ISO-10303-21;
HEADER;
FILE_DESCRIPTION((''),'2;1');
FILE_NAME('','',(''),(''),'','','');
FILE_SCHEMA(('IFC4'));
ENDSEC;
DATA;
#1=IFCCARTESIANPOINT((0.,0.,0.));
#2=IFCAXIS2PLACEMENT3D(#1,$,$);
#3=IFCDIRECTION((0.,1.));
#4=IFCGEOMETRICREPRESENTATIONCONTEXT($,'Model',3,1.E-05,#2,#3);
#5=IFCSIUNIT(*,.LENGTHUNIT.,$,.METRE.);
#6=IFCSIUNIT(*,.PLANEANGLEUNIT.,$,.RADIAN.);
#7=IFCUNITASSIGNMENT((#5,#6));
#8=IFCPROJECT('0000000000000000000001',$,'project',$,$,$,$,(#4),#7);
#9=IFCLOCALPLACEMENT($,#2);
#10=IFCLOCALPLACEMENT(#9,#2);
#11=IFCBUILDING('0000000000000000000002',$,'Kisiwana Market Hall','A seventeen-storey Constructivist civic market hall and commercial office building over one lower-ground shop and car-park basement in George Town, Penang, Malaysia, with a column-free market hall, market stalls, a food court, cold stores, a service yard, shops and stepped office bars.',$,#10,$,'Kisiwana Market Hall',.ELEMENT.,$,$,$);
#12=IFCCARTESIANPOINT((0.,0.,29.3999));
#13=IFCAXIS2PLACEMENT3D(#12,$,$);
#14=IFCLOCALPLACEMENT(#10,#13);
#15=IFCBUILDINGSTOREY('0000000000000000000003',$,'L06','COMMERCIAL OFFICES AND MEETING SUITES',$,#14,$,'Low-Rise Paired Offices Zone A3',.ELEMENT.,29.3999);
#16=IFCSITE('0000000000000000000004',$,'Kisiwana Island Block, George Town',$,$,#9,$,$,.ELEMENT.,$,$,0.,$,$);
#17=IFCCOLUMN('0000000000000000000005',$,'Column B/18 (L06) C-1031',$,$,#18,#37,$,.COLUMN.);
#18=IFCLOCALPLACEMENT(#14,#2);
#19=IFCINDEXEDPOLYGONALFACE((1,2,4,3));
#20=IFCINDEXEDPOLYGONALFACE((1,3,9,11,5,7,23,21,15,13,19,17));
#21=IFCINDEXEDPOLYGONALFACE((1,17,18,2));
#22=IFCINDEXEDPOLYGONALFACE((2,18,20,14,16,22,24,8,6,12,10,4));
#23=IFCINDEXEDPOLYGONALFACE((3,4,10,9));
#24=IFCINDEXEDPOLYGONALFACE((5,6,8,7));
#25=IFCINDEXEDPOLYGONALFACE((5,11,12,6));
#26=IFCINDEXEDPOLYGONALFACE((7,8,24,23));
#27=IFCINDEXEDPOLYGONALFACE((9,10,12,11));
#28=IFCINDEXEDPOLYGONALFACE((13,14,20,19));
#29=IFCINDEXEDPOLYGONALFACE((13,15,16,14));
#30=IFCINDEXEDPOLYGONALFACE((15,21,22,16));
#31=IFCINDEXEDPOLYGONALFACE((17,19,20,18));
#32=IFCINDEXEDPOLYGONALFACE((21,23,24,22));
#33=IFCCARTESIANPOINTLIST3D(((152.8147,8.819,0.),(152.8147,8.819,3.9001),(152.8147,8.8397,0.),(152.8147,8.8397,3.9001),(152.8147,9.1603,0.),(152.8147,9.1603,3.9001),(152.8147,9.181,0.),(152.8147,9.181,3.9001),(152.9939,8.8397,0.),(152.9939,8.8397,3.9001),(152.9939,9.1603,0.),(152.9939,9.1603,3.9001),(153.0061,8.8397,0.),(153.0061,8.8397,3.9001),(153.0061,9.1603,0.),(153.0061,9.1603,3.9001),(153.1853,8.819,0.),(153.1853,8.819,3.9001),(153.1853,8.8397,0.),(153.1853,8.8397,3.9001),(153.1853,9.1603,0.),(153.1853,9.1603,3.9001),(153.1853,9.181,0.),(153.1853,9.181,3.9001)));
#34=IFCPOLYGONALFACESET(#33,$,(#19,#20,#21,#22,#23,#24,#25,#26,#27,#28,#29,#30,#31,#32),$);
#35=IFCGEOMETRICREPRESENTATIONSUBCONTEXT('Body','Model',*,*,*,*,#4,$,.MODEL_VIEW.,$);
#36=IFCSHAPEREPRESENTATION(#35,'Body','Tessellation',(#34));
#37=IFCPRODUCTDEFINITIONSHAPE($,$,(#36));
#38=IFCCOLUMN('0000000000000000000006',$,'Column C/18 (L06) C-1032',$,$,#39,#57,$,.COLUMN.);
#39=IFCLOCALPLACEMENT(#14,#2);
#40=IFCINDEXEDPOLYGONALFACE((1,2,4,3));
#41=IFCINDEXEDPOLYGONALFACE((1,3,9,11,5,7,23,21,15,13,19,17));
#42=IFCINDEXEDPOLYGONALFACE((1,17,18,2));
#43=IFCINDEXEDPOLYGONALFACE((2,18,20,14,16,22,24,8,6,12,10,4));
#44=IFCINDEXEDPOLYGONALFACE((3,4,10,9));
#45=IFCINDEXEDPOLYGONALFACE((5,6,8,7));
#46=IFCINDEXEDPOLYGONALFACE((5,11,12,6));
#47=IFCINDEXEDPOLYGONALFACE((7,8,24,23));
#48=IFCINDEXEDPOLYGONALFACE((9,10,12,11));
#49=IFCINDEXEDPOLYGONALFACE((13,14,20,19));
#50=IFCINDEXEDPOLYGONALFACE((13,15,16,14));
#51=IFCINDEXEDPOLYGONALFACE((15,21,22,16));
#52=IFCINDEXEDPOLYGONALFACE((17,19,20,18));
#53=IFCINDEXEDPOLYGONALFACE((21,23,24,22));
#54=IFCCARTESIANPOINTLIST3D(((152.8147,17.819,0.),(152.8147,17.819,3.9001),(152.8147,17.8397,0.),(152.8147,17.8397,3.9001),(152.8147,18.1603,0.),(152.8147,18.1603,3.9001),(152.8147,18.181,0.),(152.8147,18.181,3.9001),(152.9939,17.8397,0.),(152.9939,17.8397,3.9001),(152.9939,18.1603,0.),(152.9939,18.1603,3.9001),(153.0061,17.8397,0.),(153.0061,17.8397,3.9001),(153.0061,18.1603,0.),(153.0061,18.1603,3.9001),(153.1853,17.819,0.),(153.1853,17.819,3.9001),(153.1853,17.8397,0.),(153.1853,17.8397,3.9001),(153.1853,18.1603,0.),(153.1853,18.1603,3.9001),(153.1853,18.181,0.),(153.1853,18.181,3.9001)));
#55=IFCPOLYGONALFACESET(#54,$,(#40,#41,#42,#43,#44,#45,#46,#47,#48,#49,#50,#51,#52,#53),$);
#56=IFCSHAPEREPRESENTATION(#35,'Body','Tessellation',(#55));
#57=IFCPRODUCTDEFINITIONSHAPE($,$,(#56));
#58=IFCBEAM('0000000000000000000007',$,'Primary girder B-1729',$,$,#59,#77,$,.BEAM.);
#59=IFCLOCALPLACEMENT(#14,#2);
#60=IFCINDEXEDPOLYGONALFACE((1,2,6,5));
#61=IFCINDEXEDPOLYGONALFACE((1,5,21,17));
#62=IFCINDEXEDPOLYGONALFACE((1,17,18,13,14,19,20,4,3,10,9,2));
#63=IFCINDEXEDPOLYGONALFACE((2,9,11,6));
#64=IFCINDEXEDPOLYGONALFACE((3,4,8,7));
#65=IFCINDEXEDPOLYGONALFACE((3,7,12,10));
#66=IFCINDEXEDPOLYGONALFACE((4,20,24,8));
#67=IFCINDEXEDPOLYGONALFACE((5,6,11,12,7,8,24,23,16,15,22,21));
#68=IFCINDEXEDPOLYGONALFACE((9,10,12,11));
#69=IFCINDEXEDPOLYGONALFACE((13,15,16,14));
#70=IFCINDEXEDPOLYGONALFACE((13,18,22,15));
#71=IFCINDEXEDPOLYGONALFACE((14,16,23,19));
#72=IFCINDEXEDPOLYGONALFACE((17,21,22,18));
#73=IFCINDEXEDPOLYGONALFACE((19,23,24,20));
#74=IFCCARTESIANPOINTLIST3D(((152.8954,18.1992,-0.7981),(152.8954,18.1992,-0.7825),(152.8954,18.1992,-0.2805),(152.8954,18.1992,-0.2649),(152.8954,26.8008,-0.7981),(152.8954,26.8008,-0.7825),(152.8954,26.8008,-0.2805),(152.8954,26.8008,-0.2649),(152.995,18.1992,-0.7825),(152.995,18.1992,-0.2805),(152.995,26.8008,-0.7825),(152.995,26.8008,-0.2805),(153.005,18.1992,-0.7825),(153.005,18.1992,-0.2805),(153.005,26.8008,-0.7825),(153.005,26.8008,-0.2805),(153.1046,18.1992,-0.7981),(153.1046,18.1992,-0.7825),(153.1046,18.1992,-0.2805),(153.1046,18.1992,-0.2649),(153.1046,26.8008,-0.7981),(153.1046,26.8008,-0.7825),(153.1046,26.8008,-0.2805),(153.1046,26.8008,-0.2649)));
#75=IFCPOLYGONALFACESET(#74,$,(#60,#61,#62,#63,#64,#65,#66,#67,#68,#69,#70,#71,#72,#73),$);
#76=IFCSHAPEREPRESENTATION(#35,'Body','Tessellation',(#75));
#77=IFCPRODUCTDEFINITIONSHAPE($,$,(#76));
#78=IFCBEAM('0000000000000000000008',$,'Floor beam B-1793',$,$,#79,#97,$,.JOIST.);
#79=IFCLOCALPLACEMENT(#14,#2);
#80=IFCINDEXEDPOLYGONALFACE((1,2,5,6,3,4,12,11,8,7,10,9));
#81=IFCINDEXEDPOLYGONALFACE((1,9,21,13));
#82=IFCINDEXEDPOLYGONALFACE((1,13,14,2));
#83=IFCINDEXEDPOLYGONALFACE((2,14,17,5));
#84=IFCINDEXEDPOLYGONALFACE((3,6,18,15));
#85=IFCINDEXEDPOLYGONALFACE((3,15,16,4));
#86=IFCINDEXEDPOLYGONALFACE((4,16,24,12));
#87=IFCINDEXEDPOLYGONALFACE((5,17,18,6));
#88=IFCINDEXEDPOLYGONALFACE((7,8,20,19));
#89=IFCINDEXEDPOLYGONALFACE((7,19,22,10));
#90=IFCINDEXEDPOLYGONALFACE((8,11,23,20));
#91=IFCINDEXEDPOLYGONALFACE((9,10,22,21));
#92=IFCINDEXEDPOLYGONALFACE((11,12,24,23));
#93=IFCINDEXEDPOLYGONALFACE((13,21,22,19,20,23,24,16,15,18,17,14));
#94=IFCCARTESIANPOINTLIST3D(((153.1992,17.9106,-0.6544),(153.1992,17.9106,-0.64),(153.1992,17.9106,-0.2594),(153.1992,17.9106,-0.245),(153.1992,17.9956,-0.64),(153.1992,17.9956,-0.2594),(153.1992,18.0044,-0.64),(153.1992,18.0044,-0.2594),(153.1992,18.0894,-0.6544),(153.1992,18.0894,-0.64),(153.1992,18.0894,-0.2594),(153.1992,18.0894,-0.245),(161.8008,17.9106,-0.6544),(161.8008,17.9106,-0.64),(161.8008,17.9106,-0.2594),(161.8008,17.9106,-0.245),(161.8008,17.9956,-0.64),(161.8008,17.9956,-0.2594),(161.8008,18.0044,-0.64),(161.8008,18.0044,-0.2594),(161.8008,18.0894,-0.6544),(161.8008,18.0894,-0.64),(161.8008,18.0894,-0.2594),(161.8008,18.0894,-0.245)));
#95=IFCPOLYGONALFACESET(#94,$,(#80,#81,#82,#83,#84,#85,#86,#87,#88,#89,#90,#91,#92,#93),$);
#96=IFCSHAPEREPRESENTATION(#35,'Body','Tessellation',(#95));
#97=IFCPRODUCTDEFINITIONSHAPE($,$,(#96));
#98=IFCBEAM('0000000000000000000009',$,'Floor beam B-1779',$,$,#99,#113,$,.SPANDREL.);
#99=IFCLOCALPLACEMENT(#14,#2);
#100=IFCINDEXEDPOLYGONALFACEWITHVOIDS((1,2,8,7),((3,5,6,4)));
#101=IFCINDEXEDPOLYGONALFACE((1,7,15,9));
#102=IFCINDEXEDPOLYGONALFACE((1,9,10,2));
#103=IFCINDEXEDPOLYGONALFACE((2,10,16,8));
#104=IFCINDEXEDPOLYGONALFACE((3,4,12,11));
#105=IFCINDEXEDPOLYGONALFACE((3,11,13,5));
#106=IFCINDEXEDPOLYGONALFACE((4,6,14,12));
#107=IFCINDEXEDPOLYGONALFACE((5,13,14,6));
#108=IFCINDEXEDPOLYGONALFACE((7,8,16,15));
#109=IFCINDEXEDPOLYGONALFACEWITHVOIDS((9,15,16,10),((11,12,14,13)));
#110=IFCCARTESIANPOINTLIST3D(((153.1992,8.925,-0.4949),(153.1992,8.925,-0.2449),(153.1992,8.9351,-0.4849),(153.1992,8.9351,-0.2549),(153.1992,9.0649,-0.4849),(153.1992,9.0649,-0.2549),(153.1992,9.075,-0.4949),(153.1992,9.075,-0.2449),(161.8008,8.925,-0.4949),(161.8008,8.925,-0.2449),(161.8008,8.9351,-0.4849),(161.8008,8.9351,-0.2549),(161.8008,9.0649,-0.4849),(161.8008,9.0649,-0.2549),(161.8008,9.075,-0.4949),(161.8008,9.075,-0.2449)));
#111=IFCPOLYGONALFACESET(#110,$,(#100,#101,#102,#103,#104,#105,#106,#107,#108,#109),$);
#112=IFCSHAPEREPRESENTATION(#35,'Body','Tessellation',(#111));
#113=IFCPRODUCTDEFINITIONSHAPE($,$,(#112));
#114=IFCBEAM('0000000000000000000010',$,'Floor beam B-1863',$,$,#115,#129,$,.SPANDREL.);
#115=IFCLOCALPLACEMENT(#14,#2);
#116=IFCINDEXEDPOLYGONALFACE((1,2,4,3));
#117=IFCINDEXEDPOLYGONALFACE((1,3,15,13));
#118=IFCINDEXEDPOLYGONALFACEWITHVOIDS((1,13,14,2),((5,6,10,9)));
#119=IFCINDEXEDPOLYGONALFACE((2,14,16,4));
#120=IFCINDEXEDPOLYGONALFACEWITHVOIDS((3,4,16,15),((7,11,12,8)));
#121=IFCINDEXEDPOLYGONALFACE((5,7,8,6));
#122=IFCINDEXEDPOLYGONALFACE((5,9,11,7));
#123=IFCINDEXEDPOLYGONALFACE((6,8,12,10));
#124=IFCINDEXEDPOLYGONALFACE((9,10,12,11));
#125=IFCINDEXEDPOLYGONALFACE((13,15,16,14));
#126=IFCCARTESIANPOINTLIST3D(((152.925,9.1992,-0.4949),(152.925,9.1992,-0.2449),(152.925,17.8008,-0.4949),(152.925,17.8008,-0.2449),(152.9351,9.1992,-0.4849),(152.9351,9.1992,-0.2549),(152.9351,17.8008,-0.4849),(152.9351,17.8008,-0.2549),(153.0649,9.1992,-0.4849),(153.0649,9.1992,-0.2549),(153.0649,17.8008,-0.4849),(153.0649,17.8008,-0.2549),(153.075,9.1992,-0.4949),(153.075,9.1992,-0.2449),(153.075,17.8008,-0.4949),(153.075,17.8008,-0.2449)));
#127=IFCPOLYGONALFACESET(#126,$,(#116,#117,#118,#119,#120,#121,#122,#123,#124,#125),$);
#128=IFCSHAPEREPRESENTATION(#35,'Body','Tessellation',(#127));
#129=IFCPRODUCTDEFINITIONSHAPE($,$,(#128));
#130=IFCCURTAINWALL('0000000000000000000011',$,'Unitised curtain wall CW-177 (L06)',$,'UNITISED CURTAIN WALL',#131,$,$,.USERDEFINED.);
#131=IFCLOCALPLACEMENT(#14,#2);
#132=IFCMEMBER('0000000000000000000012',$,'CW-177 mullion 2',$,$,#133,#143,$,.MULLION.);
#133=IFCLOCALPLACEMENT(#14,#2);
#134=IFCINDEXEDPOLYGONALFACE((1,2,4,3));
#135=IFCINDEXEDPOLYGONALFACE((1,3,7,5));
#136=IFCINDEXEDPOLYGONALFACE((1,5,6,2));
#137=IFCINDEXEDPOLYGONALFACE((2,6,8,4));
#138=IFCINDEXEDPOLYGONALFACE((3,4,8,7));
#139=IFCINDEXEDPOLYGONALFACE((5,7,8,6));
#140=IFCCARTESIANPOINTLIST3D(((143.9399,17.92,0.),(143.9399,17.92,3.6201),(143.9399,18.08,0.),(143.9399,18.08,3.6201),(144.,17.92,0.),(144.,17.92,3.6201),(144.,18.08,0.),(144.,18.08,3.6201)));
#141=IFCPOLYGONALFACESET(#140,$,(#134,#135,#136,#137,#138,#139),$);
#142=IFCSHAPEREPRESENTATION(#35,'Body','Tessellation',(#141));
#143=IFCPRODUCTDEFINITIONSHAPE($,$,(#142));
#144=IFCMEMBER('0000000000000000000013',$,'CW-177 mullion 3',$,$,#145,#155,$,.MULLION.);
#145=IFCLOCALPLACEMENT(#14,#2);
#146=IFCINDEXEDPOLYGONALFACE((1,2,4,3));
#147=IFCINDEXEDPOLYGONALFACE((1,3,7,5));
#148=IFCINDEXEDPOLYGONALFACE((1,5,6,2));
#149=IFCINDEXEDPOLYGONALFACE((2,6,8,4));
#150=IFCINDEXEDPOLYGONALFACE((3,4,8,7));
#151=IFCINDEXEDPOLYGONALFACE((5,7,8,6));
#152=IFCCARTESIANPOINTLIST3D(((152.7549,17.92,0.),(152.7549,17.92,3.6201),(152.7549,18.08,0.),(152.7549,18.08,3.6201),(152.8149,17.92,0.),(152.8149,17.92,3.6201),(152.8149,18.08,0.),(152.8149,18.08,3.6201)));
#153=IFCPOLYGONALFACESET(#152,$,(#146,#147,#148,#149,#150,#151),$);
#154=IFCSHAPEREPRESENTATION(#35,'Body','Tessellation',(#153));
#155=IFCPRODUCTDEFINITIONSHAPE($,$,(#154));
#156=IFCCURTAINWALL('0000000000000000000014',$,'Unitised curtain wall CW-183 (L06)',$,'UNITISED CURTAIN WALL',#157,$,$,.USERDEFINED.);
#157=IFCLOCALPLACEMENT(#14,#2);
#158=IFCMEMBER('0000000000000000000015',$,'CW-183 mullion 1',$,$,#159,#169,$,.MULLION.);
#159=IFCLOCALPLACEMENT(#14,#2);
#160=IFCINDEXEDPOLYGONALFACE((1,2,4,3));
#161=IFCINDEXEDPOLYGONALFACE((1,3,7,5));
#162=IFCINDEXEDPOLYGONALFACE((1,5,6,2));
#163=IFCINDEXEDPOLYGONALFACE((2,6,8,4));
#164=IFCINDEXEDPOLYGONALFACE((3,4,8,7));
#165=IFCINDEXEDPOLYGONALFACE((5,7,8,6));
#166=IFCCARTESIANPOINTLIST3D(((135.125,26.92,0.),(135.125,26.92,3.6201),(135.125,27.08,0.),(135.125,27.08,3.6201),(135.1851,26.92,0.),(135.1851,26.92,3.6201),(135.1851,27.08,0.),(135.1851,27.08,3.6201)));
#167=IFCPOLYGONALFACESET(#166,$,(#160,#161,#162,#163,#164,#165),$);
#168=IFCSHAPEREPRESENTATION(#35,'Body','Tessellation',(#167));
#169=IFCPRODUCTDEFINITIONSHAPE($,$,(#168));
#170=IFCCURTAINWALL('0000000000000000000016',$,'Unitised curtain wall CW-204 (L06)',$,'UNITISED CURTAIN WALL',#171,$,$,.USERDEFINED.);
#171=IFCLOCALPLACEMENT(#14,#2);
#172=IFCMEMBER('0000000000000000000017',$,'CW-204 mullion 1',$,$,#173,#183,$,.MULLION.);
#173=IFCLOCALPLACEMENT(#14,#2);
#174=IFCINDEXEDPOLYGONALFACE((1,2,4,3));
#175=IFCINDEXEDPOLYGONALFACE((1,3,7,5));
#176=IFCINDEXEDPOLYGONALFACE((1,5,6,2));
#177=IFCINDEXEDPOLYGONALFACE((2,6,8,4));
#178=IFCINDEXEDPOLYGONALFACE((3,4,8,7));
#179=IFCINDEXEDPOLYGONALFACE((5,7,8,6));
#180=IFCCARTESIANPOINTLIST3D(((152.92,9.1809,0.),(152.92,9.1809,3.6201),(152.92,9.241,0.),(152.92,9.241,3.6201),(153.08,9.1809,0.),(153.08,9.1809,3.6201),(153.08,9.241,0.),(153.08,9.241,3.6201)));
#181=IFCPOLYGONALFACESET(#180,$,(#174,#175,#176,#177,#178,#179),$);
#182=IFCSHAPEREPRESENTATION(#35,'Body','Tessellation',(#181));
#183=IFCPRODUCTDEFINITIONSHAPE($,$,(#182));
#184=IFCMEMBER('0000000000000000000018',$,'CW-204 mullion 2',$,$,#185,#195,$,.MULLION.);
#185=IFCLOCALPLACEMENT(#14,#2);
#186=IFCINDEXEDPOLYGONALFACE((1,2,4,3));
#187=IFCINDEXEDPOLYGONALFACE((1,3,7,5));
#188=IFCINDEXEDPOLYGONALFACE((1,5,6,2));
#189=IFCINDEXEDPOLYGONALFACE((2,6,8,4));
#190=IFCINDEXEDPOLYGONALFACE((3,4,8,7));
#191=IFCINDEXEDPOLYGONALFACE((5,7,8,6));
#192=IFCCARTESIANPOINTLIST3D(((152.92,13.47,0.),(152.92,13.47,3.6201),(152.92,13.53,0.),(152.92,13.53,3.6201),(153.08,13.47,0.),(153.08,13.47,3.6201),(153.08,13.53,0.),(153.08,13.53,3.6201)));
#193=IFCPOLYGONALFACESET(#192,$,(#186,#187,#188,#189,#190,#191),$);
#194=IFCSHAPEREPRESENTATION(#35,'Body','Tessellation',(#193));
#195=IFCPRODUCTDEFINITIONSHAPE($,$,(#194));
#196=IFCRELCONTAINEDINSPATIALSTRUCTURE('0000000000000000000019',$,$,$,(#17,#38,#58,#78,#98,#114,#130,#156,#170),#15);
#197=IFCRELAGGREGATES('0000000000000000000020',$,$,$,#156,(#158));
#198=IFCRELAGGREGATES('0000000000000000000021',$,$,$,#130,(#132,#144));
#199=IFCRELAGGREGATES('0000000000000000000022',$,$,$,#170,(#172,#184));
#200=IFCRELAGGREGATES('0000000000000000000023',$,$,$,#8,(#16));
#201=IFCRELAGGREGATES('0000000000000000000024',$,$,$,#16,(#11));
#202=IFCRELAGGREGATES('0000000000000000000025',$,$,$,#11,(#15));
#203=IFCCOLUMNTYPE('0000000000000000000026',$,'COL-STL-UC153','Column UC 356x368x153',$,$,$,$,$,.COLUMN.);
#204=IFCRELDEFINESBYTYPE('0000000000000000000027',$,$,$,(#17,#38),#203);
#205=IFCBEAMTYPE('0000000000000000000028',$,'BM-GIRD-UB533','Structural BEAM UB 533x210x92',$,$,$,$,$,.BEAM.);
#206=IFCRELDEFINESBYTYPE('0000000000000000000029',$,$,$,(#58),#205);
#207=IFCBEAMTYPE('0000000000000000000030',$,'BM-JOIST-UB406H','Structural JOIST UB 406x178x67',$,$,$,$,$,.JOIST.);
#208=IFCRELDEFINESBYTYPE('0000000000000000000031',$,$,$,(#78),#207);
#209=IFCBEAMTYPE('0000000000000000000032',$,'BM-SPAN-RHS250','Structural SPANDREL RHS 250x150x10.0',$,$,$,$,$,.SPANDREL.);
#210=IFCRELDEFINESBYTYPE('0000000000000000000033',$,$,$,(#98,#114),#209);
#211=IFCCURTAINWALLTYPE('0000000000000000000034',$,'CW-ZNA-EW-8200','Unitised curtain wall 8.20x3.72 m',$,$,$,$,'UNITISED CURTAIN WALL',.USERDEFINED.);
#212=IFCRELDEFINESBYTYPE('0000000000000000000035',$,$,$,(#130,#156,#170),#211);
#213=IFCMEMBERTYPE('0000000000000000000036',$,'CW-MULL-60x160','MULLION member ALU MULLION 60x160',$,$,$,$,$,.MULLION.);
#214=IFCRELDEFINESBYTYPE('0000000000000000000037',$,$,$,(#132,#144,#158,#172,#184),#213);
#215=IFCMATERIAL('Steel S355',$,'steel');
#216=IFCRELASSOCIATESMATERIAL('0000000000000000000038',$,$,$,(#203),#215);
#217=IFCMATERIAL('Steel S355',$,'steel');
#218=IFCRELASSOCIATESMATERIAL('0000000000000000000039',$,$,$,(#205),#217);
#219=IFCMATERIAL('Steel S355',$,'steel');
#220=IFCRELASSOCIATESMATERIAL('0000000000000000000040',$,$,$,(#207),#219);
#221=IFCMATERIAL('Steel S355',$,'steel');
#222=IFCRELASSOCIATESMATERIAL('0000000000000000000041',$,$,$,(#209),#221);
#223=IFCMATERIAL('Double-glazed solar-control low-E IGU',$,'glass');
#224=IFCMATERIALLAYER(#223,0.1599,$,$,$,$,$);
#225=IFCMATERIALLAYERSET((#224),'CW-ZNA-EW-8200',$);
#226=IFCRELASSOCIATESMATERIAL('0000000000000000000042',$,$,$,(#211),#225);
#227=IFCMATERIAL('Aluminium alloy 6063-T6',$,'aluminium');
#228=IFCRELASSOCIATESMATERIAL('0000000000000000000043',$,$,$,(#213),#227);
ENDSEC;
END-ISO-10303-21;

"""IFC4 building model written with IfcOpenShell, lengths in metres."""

from ifc_helpers import new_model, si_unit, direction, frame, origin, origin_2d, place, context, subcontext, project, spatial, rectangle, hollow_rectangle, i_section, extrude, material, layer, layer_set, material_profile, profile_set, type_object, element, aggregate, save


model = new_model("IFC4")

# Units and contexts
model_context = context("Model", 3, precision=1e-05, world=origin(), true_north=direction((0.0, 1.0)))
body_context = subcontext(model_context, "Body", "Model", "MODEL_VIEW")
ifc_project = project(units=[si_unit("LENGTHUNIT", "METRE"), si_unit("PLANEANGLEUNIT", "RADIAN")], contexts=[model_context])

# Site, building, storey
site_placement = place(None, origin())
site = spatial("IfcSite", under=ifc_project, at=site_placement, Name="Kisiwana Island Block, George Town", CompositionType="ELEMENT", RefElevation=0.0)
building_placement = place(site_placement, origin())
building = spatial("IfcBuilding", under=site, at=building_placement, Name="Kisiwana Market Hall", Description="A seventeen-storey Constructivist civic market hall and commercial office building over one lower-ground shop and car-park basement in George Town, Penang, Malaysia, with a column-free market hall, market stalls, a food court, cold stores, a service yard, shops and stepped office bars.", LongName="Kisiwana Market Hall", CompositionType="ELEMENT")
storey_placement = place(building_placement, frame((0.0, 0.0, 29.3999)))
storey = spatial("IfcBuildingStorey", under=building, at=storey_placement, Name="L06", Description="COMMERCIAL OFFICES AND MEETING SUITES", LongName="Low-Rise Paired Offices Zone A3", CompositionType="ELEMENT", Elevation=29.3999)

# Columns
ifc_material_1 = material(Name="Steel S355", Category="steel")
ifc_material_profile_1 = material_profile(ifc_material_1, i_section(OverallWidth=0.3706, OverallDepth=0.3621, WebThickness=0.0122, FlangeThickness=0.0208, at=origin_2d()), Name="UC 356x368x153")
ifc_profile_set_1 = profile_set([ifc_material_profile_1], Name="Steel S355")
column_type = type_object("IfcColumnType", Name="COL-STL-UC153", Description="Column UC 356x368x153", PredefinedType="COLUMN", material=ifc_profile_set_1)
for number, where, z_axis, x_axis, name in (
    (1, (153.0, 9.0, 0.0), (0.0, 0.0, 1.0), (1.0, 0.0, 0.0), "Column B/18 (L06) C-1031"),
    (2, (153.0, 18.0, 0.0), (0.0, 0.0, 1.0), (1.0, 0.0, 0.0), "Column C/18 (L06) C-1032"),
):
    element("IfcColumn", number, at=place(storey_placement, frame(where, z_axis=z_axis, x_axis=x_axis)), inside=storey, type_object=column_type, Name=name, PredefinedType="COLUMN", context=body_context, shape_type="SweptSolid", body=[
        extrude(i_section(OverallWidth=0.3706, OverallDepth=0.3621, WebThickness=0.0122, FlangeThickness=0.0208, at=origin_2d()), origin(), (0.0, 0.0, 1.0), 3.9001),
    ])

# Beams
ifc_material_2 = material(Name="Steel S355", Category="steel")
ifc_material_profile_2 = material_profile(ifc_material_2, i_section(OverallWidth=0.2092, OverallDepth=0.5332, WebThickness=0.01, FlangeThickness=0.0156, at=origin_2d()), Name="UB 533x210x92")
ifc_profile_set_2 = profile_set([ifc_material_profile_2], Name="Steel S355")
beam_type_1 = type_object("IfcBeamType", Name="BM-GIRD-UB533", Description="Structural BEAM UB 533x210x92", PredefinedType="BEAM", material=ifc_profile_set_2)
beam_1_placement = place(storey_placement, frame((153.0, 18.1992, -0.5315), z_axis=(0.0, 1.0, 0.0), x_axis=(-1.0, 0.0, 0.0)))
element("IfcBeam", 3, at=beam_1_placement, inside=storey, type_object=beam_type_1, Name="Primary girder B-1729", PredefinedType="BEAM", context=body_context, shape_type="SweptSolid", body=[
    extrude(i_section(OverallWidth=0.2092, OverallDepth=0.5332, WebThickness=0.01, FlangeThickness=0.0156, at=origin_2d()), origin(), (0.0, 0.0, 1.0), 8.6016),
])
ifc_material_3 = material(Name="Steel S355", Category="steel")
ifc_material_profile_3 = material_profile(ifc_material_3, i_section(OverallWidth=0.1787, OverallDepth=0.4094, WebThickness=0.0088, FlangeThickness=0.0144, at=origin_2d()), Name="UB 406x178x67")
ifc_profile_set_3 = profile_set([ifc_material_profile_3], Name="Steel S355")
beam_type_2 = type_object("IfcBeamType", Name="BM-JOIST-UB406H", Description="Structural JOIST UB 406x178x67", PredefinedType="JOIST", material=ifc_profile_set_3)
beam_2_placement = place(storey_placement, frame((153.1992, 18.0, -0.4497), z_axis=(1.0, 0.0, 0.0), x_axis=(0.0, 1.0, 0.0)))
element("IfcBeam", 4, at=beam_2_placement, inside=storey, type_object=beam_type_2, Name="Floor beam B-1793", PredefinedType="JOIST", context=body_context, shape_type="SweptSolid", body=[
    extrude(i_section(OverallWidth=0.1787, OverallDepth=0.4094, WebThickness=0.0088, FlangeThickness=0.0144, at=origin_2d()), origin(), (0.0, 0.0, 1.0), 8.6016),
])
ifc_material_4 = material(Name="Steel S355", Category="steel")
ifc_material_profile_4 = material_profile(ifc_material_4, hollow_rectangle(XDim=0.1499, YDim=0.25, WallThickness=0.01, at=origin_2d()), Name="RHS 250x150x10.0")
ifc_profile_set_4 = profile_set([ifc_material_profile_4], Name="Steel S355")
beam_type_3 = type_object("IfcBeamType", Name="BM-SPAN-RHS250", Description="Structural SPANDREL RHS 250x150x10.0", PredefinedType="SPANDREL", material=ifc_profile_set_4)
for number, where, z_axis, x_axis, name in (
    (5, (153.1992, 9.0, -0.3699), (1.0, 0.0, 0.0), (0.0, 1.0, 0.0), "Floor beam B-1779"),
    (6, (153.0, 9.1992, -0.3699), (0.0, 1.0, 0.0), (-1.0, 0.0, 0.0), "Floor beam B-1863"),
):
    element("IfcBeam", number, at=place(storey_placement, frame(where, z_axis=z_axis, x_axis=x_axis)), inside=storey, type_object=beam_type_3, Name=name, PredefinedType="SPANDREL", context=body_context, shape_type="SweptSolid", body=[
        extrude(hollow_rectangle(XDim=0.1499, YDim=0.25, WallThickness=0.01, at=origin_2d()), origin(), (0.0, 0.0, 1.0), 8.6016),
    ])

# Curtain wall, members
ifc_material_5 = material(Name="Double-glazed solar-control low-E IGU", Category="glass")
ifc_layer_1 = layer(ifc_material_5, 0.1599)
ifc_layer_set_1 = layer_set([ifc_layer_1], Name="CW-ZNA-EW-8200")
curtain_wall_type = type_object("IfcCurtainWallType", Name="CW-ZNA-EW-8200", Description="Unitised curtain wall 8.20x3.72 m", ElementType="UNITISED CURTAIN WALL", PredefinedType="USERDEFINED", material=ifc_layer_set_1)
curtain_wall_1_placement = place(storey_placement, origin())
curtain_wall_1 = element("IfcCurtainWall", 7, at=curtain_wall_1_placement, inside=storey, type_object=curtain_wall_type, Name="Unitised curtain wall CW-177 (L06)", ObjectType="UNITISED CURTAIN WALL", PredefinedType="USERDEFINED")
ifc_material_6 = material(Name="Aluminium alloy 6063-T6", Category="aluminium")
ifc_material_profile_5 = material_profile(ifc_material_6, rectangle(XDim=0.0601, YDim=0.1599, at=origin_2d()), Name="ALU MULLION 60x160")
ifc_profile_set_5 = profile_set([ifc_material_profile_5], Name="Aluminium alloy 6063-T6")
member_type_1 = type_object("IfcMemberType", Name="CW-MULL-60x160", Description="MULLION member ALU MULLION 60x160", PredefinedType="MULLION", material=ifc_profile_set_5)
member_1_placement = place(storey_placement, frame((143.97, 18.0, 0.0), z_axis=(0.0, 0.0, 1.0), x_axis=(1.0, 0.0, 0.0)))
member_1 = element("IfcMember", 8, at=member_1_placement, type_object=member_type_1, Name="CW-177 mullion 2", PredefinedType="MULLION", context=body_context, shape_type="SweptSolid", body=[
    extrude(rectangle(XDim=0.0601, YDim=0.1599, at=origin_2d()), origin(), (0.0, 0.0, 1.0), 3.6201),
])
member_2_placement = place(storey_placement, frame((152.7849, 18.0, 0.0), z_axis=(0.0, 0.0, 1.0), x_axis=(1.0, 0.0, 0.0)))
member_2 = element("IfcMember", 9, at=member_2_placement, type_object=member_type_1, Name="CW-177 mullion 3", PredefinedType="MULLION", context=body_context, shape_type="SweptSolid", body=[
    extrude(rectangle(XDim=0.0601, YDim=0.1599, at=origin_2d()), origin(), (0.0, 0.0, 1.0), 3.6201),
])

# Curtain wall, member
curtain_wall_2_placement = place(storey_placement, origin())
curtain_wall_2 = element("IfcCurtainWall", 10, at=curtain_wall_2_placement, inside=storey, type_object=curtain_wall_type, Name="Unitised curtain wall CW-183 (L06)", ObjectType="UNITISED CURTAIN WALL", PredefinedType="USERDEFINED")
member_3_placement = place(storey_placement, frame((135.155, 27.0, 0.0), z_axis=(0.0, 0.0, 1.0), x_axis=(1.0, 0.0, 0.0)))
member_3 = element("IfcMember", 11, at=member_3_placement, type_object=member_type_1, Name="CW-183 mullion 1", PredefinedType="MULLION", context=body_context, shape_type="SweptSolid", body=[
    extrude(rectangle(XDim=0.0601, YDim=0.1599, at=origin_2d()), origin(), (0.0, 0.0, 1.0), 3.6201),
])

# Curtain wall, members
curtain_wall_3_placement = place(storey_placement, origin())
curtain_wall_3 = element("IfcCurtainWall", 12, at=curtain_wall_3_placement, inside=storey, type_object=curtain_wall_type, Name="Unitised curtain wall CW-204 (L06)", ObjectType="UNITISED CURTAIN WALL", PredefinedType="USERDEFINED")
member_4_placement = place(storey_placement, frame((153.0, 9.2109, 0.0), z_axis=(0.0, 0.0, 1.0), x_axis=(0.0, 1.0, 0.0)))
member_4 = element("IfcMember", 13, at=member_4_placement, type_object=member_type_1, Name="CW-204 mullion 1", PredefinedType="MULLION", context=body_context, shape_type="SweptSolid", body=[
    extrude(rectangle(XDim=0.0601, YDim=0.1599, at=origin_2d()), origin(), (0.0, 0.0, 1.0), 3.6201),
])
member_5_placement = place(storey_placement, frame((153.0, 13.5, 0.0), z_axis=(0.0, 0.0, 1.0), x_axis=(0.0, 1.0, 0.0)))
member_5 = element("IfcMember", 14, at=member_5_placement, type_object=member_type_1, Name="CW-204 mullion 2", PredefinedType="MULLION", context=body_context, shape_type="SweptSolid", body=[
    extrude(rectangle(XDim=0.0601, YDim=0.1599, at=origin_2d()), origin(), (0.0, 0.0, 1.0), 3.6201),
])

aggregate(curtain_wall_2, [member_3])

aggregate(curtain_wall_1, [member_1, member_2])
aggregate(curtain_wall_3, [member_4, member_5])

save(model, "model.ifc")
